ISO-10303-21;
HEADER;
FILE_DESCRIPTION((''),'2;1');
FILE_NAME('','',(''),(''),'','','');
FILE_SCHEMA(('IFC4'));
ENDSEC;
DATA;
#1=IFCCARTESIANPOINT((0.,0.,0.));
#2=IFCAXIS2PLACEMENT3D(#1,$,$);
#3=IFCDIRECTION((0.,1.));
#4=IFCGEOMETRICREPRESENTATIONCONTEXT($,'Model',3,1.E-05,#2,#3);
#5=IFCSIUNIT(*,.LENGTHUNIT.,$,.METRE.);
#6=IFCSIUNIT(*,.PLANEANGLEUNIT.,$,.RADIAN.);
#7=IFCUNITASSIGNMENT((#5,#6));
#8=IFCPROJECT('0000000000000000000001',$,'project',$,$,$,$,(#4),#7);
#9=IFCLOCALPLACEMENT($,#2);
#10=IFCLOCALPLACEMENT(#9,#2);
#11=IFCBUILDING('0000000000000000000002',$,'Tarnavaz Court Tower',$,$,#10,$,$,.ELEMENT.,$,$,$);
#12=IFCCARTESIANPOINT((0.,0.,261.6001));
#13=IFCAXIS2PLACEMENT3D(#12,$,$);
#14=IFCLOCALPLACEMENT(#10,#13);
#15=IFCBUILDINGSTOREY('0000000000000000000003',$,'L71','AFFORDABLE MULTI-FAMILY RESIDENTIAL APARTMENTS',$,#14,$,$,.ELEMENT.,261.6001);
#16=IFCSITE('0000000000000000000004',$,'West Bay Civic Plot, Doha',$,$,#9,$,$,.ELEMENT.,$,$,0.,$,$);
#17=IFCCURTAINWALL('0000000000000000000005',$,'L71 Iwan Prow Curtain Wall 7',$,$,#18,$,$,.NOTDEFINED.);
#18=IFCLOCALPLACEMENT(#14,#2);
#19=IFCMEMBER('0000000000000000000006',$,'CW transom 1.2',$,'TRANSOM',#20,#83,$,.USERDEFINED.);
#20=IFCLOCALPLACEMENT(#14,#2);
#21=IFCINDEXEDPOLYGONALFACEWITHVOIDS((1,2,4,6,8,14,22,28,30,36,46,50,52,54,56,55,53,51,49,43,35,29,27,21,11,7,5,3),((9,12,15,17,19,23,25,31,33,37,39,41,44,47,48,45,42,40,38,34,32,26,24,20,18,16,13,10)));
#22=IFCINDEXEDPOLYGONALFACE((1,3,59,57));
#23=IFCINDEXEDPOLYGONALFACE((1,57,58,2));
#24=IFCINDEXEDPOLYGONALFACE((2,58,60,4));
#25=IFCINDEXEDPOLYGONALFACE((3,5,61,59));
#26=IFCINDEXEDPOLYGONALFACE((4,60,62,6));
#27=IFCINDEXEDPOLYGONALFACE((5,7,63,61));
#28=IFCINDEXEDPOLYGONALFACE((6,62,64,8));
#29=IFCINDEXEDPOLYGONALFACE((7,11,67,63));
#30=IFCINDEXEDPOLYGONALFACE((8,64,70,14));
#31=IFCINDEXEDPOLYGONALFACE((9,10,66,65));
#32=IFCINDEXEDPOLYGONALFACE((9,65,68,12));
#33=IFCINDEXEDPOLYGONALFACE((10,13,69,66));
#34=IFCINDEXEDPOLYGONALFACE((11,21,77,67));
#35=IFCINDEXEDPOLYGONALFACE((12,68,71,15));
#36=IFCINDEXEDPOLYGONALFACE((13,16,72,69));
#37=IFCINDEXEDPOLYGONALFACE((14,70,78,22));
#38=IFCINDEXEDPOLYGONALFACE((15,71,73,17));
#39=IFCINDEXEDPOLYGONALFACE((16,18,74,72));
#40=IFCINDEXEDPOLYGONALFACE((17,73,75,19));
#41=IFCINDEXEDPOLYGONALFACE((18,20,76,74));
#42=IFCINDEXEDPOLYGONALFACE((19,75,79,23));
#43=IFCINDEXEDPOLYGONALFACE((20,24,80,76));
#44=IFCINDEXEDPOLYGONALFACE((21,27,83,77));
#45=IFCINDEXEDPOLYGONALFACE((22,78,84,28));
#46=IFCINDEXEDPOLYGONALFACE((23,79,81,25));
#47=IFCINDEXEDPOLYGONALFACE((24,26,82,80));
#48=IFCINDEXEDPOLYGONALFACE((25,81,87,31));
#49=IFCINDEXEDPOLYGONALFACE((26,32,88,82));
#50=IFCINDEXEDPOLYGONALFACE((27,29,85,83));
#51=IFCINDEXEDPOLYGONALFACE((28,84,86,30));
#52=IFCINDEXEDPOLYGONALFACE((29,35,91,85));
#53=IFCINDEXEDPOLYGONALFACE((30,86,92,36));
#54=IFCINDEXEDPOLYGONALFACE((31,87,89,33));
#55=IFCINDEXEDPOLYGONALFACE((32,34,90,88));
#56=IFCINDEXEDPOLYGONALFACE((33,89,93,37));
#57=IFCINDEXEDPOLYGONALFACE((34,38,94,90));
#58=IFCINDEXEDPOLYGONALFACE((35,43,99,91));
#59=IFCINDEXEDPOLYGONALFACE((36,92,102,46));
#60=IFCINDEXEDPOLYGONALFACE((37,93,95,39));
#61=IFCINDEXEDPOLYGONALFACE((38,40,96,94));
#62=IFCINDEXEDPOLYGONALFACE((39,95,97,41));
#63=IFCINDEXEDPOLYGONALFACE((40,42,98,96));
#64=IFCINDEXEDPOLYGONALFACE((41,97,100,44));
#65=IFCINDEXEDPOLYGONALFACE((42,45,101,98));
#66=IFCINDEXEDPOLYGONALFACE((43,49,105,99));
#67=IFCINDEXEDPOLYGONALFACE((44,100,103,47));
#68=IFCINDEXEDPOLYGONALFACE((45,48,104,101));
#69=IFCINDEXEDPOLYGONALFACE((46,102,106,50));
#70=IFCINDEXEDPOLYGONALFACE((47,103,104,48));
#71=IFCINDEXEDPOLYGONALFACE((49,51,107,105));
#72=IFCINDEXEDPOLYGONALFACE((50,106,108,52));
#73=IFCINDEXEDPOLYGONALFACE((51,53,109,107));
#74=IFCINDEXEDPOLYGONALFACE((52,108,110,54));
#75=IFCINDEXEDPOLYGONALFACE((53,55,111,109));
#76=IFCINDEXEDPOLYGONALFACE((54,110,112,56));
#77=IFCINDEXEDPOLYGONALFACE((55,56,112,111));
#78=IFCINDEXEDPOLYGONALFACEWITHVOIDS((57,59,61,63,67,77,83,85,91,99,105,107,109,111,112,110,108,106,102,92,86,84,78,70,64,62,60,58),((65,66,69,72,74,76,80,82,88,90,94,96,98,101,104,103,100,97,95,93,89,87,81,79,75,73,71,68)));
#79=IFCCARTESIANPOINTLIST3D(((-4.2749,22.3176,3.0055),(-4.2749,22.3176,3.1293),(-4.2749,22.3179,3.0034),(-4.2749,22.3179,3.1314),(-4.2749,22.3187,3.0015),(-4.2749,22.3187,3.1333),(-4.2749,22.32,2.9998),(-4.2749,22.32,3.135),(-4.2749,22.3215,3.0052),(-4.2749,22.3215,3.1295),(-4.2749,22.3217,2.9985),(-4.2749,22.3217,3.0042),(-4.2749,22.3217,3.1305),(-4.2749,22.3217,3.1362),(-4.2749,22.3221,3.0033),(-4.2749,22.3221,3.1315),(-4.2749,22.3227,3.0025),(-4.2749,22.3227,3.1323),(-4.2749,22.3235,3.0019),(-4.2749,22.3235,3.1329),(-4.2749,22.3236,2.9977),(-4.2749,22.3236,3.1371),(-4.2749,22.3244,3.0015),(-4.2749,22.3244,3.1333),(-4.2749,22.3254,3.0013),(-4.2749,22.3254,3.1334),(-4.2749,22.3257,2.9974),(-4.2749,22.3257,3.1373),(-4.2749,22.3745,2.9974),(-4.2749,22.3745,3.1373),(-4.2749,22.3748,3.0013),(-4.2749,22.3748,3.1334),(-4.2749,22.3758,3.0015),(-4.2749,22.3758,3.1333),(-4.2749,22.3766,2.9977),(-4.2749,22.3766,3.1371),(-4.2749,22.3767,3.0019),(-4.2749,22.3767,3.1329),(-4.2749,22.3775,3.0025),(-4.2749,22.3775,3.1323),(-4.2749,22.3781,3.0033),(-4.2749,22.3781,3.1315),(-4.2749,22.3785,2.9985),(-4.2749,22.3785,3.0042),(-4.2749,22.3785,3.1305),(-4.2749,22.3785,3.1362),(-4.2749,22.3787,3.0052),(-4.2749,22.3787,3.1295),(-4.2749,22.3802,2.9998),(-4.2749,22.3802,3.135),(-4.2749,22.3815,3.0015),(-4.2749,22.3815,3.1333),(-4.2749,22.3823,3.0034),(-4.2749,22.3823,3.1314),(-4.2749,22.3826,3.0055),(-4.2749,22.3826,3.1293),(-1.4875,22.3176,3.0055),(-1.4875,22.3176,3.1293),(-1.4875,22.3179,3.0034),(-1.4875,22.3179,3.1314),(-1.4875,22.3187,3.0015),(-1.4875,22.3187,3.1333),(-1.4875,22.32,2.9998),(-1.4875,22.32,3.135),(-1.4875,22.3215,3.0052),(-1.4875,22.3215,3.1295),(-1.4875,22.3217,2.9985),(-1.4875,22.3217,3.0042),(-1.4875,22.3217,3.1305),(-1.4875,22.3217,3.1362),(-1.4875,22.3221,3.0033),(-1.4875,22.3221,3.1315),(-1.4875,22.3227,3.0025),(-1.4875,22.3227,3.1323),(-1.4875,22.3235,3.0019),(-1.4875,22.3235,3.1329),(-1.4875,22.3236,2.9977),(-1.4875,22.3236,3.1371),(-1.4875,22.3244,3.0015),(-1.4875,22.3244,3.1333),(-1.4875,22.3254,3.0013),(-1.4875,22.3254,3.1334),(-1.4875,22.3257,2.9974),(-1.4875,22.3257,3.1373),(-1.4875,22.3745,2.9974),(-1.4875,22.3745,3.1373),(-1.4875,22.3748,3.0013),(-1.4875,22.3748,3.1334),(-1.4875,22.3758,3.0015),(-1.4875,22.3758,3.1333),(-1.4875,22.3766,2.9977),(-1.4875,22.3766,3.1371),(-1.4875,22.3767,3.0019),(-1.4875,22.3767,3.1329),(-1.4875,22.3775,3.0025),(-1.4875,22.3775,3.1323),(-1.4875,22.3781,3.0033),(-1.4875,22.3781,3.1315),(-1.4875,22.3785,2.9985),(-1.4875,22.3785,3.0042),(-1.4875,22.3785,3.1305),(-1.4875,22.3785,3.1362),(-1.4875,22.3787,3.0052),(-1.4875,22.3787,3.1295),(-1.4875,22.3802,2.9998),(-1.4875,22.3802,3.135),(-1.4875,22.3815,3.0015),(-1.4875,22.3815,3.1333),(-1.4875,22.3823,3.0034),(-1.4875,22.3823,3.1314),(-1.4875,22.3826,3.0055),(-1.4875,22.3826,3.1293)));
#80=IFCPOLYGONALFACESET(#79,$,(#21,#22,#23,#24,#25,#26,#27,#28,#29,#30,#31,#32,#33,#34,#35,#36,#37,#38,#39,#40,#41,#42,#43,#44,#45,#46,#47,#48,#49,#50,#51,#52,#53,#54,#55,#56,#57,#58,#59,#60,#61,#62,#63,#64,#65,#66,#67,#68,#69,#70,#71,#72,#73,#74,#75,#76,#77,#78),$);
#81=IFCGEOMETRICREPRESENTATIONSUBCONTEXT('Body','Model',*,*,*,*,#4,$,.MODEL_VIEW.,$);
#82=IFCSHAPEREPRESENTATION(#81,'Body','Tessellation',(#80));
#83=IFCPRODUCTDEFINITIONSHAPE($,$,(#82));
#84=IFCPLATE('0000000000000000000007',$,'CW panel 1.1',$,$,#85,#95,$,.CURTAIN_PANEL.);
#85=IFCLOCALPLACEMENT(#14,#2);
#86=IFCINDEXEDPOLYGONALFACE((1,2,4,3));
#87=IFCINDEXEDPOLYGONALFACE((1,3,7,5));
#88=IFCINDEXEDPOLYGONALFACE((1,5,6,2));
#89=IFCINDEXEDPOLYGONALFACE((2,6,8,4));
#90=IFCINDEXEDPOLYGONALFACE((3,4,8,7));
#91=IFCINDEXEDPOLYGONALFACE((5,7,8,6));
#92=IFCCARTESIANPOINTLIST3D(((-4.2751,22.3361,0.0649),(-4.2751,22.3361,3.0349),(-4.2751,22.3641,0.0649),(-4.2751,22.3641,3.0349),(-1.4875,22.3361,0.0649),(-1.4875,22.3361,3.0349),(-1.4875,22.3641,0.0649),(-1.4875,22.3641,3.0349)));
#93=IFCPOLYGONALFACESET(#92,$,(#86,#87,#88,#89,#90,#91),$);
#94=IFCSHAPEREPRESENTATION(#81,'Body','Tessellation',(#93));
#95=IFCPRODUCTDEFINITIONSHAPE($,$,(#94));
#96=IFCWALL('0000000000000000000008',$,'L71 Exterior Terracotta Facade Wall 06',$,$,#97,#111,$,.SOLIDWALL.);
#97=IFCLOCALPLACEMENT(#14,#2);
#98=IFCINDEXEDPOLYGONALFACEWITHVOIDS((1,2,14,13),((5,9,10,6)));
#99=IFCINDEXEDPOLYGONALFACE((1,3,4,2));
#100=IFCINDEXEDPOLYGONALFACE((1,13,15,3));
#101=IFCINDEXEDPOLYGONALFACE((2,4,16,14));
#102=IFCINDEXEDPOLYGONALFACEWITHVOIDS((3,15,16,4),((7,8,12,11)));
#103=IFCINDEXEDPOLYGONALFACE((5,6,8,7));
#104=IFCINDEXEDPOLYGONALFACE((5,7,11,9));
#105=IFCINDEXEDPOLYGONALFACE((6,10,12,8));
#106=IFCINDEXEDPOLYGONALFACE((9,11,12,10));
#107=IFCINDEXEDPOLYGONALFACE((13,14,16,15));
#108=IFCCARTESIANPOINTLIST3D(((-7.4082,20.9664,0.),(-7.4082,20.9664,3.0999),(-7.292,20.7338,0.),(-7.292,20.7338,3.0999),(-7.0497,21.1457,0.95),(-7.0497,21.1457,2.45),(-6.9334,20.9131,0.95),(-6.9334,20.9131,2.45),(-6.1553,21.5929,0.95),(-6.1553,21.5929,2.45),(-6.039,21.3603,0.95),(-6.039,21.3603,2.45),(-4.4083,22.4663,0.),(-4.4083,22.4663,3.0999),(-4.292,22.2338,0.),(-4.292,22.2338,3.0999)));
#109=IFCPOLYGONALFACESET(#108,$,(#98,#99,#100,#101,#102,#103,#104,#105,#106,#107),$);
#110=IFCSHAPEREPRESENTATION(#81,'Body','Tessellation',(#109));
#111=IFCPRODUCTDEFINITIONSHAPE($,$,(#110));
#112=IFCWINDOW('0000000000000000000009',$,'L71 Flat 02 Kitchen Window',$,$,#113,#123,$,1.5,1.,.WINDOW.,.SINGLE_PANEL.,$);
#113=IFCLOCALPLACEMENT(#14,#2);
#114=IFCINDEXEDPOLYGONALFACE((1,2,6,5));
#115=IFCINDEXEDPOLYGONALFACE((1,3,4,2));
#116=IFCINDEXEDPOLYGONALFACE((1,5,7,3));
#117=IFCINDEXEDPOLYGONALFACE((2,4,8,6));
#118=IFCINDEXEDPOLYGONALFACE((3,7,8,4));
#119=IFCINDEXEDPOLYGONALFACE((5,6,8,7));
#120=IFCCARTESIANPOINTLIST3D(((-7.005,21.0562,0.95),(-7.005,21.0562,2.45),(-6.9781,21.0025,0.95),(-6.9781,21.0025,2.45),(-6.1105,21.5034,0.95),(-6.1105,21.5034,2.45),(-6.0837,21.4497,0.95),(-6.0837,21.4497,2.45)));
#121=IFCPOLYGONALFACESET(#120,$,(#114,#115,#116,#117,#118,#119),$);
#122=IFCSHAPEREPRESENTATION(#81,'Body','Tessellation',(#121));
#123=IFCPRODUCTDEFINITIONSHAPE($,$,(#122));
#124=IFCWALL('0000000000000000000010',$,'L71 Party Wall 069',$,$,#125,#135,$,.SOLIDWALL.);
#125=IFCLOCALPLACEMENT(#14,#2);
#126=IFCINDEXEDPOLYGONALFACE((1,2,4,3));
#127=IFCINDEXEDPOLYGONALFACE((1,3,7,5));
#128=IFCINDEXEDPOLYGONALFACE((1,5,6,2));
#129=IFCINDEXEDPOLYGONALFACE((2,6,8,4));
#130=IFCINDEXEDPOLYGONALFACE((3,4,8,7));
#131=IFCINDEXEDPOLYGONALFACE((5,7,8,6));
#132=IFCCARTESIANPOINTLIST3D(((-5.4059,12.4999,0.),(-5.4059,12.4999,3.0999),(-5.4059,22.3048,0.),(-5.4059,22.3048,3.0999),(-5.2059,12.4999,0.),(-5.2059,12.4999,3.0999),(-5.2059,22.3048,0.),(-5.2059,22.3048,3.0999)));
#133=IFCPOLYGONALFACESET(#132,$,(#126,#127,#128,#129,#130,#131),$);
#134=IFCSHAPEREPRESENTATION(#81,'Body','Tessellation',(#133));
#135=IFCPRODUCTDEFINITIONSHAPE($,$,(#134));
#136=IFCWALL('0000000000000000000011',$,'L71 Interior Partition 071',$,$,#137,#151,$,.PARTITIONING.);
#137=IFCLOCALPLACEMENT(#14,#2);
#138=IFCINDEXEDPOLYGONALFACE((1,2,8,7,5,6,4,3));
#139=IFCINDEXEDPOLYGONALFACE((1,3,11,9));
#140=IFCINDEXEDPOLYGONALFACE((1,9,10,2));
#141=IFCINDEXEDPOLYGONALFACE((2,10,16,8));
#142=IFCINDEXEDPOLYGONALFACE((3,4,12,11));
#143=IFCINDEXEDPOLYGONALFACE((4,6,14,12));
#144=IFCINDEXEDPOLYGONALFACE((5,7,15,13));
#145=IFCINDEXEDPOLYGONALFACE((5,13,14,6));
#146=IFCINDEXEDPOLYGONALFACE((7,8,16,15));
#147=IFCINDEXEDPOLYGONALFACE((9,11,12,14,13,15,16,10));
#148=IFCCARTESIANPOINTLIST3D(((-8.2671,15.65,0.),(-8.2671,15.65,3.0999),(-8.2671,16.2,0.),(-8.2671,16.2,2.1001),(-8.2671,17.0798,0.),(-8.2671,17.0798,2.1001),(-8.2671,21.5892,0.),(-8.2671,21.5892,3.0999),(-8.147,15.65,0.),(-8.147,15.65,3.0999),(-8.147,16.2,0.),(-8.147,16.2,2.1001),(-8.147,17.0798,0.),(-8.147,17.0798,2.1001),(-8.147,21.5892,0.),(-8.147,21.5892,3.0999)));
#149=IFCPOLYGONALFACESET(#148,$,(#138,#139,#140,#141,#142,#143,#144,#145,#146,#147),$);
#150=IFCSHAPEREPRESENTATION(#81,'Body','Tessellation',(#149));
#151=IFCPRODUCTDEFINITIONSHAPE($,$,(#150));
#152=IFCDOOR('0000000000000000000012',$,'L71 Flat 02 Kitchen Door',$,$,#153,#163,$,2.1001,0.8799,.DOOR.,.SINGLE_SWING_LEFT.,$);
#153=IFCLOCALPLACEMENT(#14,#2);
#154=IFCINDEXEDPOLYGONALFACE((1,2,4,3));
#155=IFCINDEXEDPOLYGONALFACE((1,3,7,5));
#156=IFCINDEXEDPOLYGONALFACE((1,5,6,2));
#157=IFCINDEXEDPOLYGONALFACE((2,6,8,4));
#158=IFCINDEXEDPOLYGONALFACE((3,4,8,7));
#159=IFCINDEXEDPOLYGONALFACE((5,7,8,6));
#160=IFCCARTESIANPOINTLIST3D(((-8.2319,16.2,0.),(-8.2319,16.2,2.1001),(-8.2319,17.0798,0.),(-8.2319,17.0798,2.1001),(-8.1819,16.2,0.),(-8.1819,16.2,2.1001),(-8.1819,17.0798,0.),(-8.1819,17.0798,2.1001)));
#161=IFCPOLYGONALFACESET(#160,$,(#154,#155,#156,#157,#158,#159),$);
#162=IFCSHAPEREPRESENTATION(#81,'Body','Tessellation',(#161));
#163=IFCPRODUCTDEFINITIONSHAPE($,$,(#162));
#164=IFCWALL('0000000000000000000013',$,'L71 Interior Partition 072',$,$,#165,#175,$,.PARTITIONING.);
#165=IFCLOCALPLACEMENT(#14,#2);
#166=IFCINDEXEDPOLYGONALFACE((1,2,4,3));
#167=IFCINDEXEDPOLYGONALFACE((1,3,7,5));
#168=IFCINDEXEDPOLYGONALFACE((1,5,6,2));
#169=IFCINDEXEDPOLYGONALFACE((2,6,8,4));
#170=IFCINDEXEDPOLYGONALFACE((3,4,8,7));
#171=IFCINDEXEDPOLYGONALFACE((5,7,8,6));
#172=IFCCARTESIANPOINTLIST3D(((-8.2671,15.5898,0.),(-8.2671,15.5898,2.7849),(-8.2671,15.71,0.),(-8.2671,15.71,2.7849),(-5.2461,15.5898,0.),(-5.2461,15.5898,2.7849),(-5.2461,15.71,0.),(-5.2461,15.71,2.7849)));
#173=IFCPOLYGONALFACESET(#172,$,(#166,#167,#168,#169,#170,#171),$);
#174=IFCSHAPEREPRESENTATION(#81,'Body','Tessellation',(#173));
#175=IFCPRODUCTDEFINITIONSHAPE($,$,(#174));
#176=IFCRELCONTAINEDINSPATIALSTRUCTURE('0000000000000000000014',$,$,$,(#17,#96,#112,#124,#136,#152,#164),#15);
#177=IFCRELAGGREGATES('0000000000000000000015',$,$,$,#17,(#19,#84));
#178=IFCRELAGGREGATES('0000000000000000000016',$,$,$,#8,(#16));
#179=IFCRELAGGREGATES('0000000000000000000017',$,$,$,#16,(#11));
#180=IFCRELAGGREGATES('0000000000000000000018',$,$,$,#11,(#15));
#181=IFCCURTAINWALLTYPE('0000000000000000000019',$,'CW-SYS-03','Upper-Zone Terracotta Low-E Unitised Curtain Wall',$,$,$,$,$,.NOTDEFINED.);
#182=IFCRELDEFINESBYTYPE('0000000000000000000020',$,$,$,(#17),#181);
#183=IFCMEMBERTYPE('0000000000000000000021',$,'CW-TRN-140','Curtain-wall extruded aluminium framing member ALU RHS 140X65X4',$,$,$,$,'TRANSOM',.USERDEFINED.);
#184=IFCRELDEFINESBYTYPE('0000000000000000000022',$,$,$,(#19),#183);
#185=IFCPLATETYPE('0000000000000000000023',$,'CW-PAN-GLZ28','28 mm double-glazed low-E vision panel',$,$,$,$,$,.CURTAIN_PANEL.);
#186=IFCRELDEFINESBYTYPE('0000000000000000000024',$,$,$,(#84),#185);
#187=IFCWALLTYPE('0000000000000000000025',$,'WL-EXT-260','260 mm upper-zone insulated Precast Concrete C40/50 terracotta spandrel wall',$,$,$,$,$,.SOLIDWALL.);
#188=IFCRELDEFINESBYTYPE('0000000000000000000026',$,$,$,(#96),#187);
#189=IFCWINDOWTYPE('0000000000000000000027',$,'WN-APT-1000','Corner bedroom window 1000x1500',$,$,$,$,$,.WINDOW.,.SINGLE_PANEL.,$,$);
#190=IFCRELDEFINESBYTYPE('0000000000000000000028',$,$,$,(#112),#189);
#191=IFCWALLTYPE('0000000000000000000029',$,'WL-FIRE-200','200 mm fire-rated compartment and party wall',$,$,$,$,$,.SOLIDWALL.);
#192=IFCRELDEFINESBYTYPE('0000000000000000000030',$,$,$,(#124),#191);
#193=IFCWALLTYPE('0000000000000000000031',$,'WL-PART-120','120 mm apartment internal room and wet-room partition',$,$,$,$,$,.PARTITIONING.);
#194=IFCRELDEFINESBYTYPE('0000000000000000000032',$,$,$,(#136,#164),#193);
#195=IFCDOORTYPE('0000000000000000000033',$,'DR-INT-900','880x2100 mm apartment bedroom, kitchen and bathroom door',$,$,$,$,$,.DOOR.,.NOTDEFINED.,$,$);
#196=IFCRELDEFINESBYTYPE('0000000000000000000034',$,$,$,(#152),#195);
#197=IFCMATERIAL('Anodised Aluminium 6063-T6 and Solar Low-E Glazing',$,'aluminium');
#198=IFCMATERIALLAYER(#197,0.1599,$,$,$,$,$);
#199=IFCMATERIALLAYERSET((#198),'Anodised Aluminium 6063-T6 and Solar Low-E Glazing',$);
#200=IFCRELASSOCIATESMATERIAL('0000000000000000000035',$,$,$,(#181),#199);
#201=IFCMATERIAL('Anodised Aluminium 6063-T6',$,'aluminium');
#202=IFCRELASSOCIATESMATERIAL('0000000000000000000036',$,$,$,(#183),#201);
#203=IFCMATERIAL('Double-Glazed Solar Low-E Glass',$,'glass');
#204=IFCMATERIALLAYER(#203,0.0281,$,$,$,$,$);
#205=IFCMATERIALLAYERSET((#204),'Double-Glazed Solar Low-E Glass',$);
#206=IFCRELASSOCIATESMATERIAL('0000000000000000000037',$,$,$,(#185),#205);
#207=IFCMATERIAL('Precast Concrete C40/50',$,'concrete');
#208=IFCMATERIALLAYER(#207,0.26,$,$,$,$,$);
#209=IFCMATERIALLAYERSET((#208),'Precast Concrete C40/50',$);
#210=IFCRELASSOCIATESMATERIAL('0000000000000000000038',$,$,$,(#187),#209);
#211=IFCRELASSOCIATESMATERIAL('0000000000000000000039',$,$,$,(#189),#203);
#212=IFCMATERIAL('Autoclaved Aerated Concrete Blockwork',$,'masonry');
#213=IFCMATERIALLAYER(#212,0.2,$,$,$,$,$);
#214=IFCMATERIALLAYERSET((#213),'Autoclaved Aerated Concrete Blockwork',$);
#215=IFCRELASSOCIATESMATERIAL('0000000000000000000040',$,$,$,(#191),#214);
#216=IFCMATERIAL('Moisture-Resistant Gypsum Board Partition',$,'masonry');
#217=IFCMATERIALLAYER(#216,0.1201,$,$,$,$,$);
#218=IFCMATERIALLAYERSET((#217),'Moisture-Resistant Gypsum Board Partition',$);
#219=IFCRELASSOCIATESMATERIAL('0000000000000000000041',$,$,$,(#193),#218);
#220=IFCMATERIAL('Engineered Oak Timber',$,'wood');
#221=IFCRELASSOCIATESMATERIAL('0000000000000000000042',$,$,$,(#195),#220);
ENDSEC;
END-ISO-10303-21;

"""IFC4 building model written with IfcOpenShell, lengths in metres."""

from ifc_helpers import new_model, si_unit, direction, frame, frame_2d, origin, origin_2d, place, context, subcontext, project, spatial, rectangle, hollow_rectangle, extrude, material, layer, layer_set, material_profile, profile_set, type_object, element, fill, aggregate, save


model = new_model("IFC4")

# Units and contexts
model_context = context("Model", 3, precision=1e-05, world=origin(), true_north=direction((0.0, 1.0)))
body_context = subcontext(model_context, "Body", "Model", "MODEL_VIEW")
ifc_project = project(units=[si_unit("LENGTHUNIT", "METRE"), si_unit("PLANEANGLEUNIT", "RADIAN")], contexts=[model_context])

# Site, building, storey
site_placement = place(None, origin())
site = spatial("IfcSite", under=ifc_project, at=site_placement, Name="West Bay Civic Plot, Doha", CompositionType="ELEMENT", RefElevation=0.0)
building_placement = place(site_placement, origin())
building = spatial("IfcBuilding", under=site, at=building_placement, Name="Tarnavaz Court Tower", CompositionType="ELEMENT")
storey_placement = place(building_placement, frame((0.0, 0.0, 261.6001)))
storey = spatial("IfcBuildingStorey", under=building, at=storey_placement, Name="L71", Description="AFFORDABLE MULTI-FAMILY RESIDENTIAL APARTMENTS", CompositionType="ELEMENT", Elevation=261.6001)

# Curtain wall, member, plate
ifc_material_1 = material(Name="Anodised Aluminium 6063-T6 and Solar Low-E Glazing", Category="aluminium")
ifc_layer_1 = layer(ifc_material_1, 0.1599)
ifc_layer_set_1 = layer_set([ifc_layer_1], Name="Anodised Aluminium 6063-T6 and Solar Low-E Glazing")
curtain_wall_type = type_object("IfcCurtainWallType", Name="CW-SYS-03", Description="Upper-Zone Terracotta Low-E Unitised Curtain Wall", PredefinedType="NOTDEFINED", material=ifc_layer_set_1)
curtain_wall_placement = place(storey_placement, origin())
curtain_wall = element("IfcCurtainWall", 1, at=curtain_wall_placement, inside=storey, type_object=curtain_wall_type, Name="L71 Iwan Prow Curtain Wall 7", PredefinedType="NOTDEFINED")
ifc_material_2 = material(Name="Anodised Aluminium 6063-T6", Category="aluminium")
ifc_material_profile_1 = material_profile(ifc_material_2, hollow_rectangle(XDim=0.0649, YDim=0.1399, WallThickness=0.0039, InnerFilletRadius=0.0039, OuterFilletRadius=0.0081, at=origin_2d()), Name="ALU RHS 140X65X4")
ifc_profile_set_1 = profile_set([ifc_material_profile_1], Name="Anodised Aluminium 6063-T6")
member_type_1 = type_object("IfcMemberType", Name="CW-TRN-140", Description="Curtain-wall extruded aluminium framing member ALU RHS 140X65X4", ElementType="TRANSOM", PredefinedType="USERDEFINED", material=ifc_profile_set_1)
member_1_placement = place(storey_placement, frame((-4.2749, 22.3501, 3.0674), z_axis=(1.0, 0.0, 0.0), x_axis=(0.0, 1.0, 0.0)))
member_1 = element("IfcMember", 2, at=member_1_placement, type_object=member_type_1, Name="CW transom 1.2", ObjectType="TRANSOM", PredefinedType="USERDEFINED", context=body_context, shape_type="SweptSolid", body=[
    extrude(hollow_rectangle(XDim=0.0649, YDim=0.1399, WallThickness=0.0039, InnerFilletRadius=0.0039, OuterFilletRadius=0.0081, at=origin_2d()), origin(), (0.0, 0.0, 1.0), 2.7874),
])
ifc_material_3 = material(Name="Double-Glazed Solar Low-E Glass", Category="glass")
ifc_layer_2 = layer(ifc_material_3, 0.0281)
ifc_layer_set_2 = layer_set([ifc_layer_2], Name="Double-Glazed Solar Low-E Glass")
plate_type = type_object("IfcPlateType", Name="CW-PAN-GLZ28", Description="28 mm double-glazed low-E vision panel", PredefinedType="CURTAIN_PANEL", material=ifc_layer_set_2)
plate_placement = place(storey_placement, frame((-2.8813, 22.3501, 0.0649), z_axis=(0.0, 0.0, 1.0), x_axis=(1.0, 0.0, 0.0)))
plate = element("IfcPlate", 3, at=plate_placement, type_object=plate_type, Name="CW panel 1.1", PredefinedType="CURTAIN_PANEL", context=body_context, shape_type="SweptSolid", body=[
    extrude(rectangle(XDim=2.7876, YDim=0.0281, at=origin_2d()), origin(), (0.0, 0.0, 1.0), 2.97),
])
aggregate(curtain_wall, [member_1, plate])

# Wall, opening, window
ifc_material_4 = material(Name="Precast Concrete C40/50", Category="concrete")
ifc_layer_3 = layer(ifc_material_4, 0.26)
ifc_layer_set_3 = layer_set([ifc_layer_3], Name="Precast Concrete C40/50")
wall_type_1 = type_object("IfcWallType", Name="WL-EXT-260", Description="260 mm upper-zone insulated Precast Concrete C40/50 terracotta spandrel wall", PredefinedType="SOLIDWALL", material=ifc_layer_set_3)
wall_1_placement = place(storey_placement, frame((-7.3501, 20.8501, 0.0), z_axis=(0.0, 0.0, 1.0), x_axis=(0.894427, 0.447214, 0.0)))
wall_1 = element("IfcWall", 4, at=wall_1_placement, inside=storey, type_object=wall_type_1, Name="L71 Exterior Terracotta Facade Wall 06", PredefinedType="SOLIDWALL", context=body_context, shape_type="SweptSolid", body=[
    extrude(rectangle(XDim=3.354, YDim=0.26, at=frame_2d((1.677, 0.0))), origin(), (0.0, 0.0, 1.0), 3.0999),
])
opening_1_placement = place(wall_1_placement, frame((0.4009, 0.0, 0.95)))
opening_1 = element("IfcOpeningElement", 5, at=opening_1_placement, cuts=wall_1, PredefinedType="OPENING", context=body_context, shape_type="SweptSolid", body=[
    extrude(rectangle(XDim=1.0, YDim=1.5, at=frame_2d((0.5, 0.75))), frame((0.0, 0.1399, 0.0), z_axis=(0.0, -1.0, 0.0), x_axis=(1.0, 0.0, 0.0)), (0.0, 0.0, 1.0), 0.28),
])
window_type = type_object("IfcWindowType", Name="WN-APT-1000", Description="Corner bedroom window 1000x1500", PartitioningType="SINGLE_PANEL", PredefinedType="WINDOW", material=ifc_material_3)
window_placement = place(opening_1_placement, origin())
window = element("IfcWindow", 6, at=window_placement, inside=storey, type_object=window_type, Name="L71 Flat 02 Kitchen Window", OverallHeight=1.5, OverallWidth=1.0, PartitioningType="SINGLE_PANEL", PredefinedType="WINDOW", context=body_context, shape_type="SweptSolid", body=[
    extrude(rectangle(XDim=1.0, YDim=1.5, at=frame_2d((0.5, 0.75))), frame((0.0, 0.03, 0.0), z_axis=(0.0, -1.0, 0.0), x_axis=(1.0, 0.0, 0.0)), (0.0, 0.0, 1.0), 0.0601),
])
fill(opening_1, window)

# Wall
ifc_material_5 = material(Name="Autoclaved Aerated Concrete Blockwork", Category="masonry")
ifc_layer_4 = layer(ifc_material_5, 0.2)
ifc_layer_set_4 = layer_set([ifc_layer_4], Name="Autoclaved Aerated Concrete Blockwork")
wall_type_2 = type_object("IfcWallType", Name="WL-FIRE-200", Description="200 mm fire-rated compartment and party wall", PredefinedType="SOLIDWALL", material=ifc_layer_set_4)
wall_2_placement = place(storey_placement, frame((-5.3059, 12.5, 0.0), z_axis=(0.0, 0.0, 1.0), x_axis=(0.0, 1.0, 0.0)))
element("IfcWall", 7, at=wall_2_placement, inside=storey, type_object=wall_type_2, Name="L71 Party Wall 069", PredefinedType="SOLIDWALL", context=body_context, shape_type="SweptSolid", body=[
    extrude(rectangle(XDim=9.8049, YDim=0.2, at=frame_2d((4.9023, 0.0))), origin(), (0.0, 0.0, 1.0), 3.0999),
])

# Wall, opening, door
ifc_material_6 = material(Name="Moisture-Resistant Gypsum Board Partition", Category="masonry")
ifc_layer_5 = layer(ifc_material_6, 0.1201)
ifc_layer_set_5 = layer_set([ifc_layer_5], Name="Moisture-Resistant Gypsum Board Partition")
wall_type_3 = type_object("IfcWallType", Name="WL-PART-120", Description="120 mm apartment internal room and wet-room partition", PredefinedType="PARTITIONING", material=ifc_layer_set_5)
wall_3_placement = place(storey_placement, frame((-8.207, 15.6499, 0.0), z_axis=(0.0, 0.0, 1.0), x_axis=(0.0, 1.0, 0.0)))
wall_3 = element("IfcWall", 8, at=wall_3_placement, inside=storey, type_object=wall_type_3, Name="L71 Interior Partition 071", PredefinedType="PARTITIONING", context=body_context, shape_type="SweptSolid", body=[
    extrude(rectangle(XDim=5.9392, YDim=0.1201, at=frame_2d((2.9697, 0.0))), origin(), (0.0, 0.0, 1.0), 3.0999),
])
opening_2_placement = place(wall_3_placement, frame((0.55, 0.0, 0.0)))
opening_2 = element("IfcOpeningElement", 9, at=opening_2_placement, cuts=wall_3, PredefinedType="OPENING", context=body_context, shape_type="SweptSolid", body=[
    extrude(rectangle(XDim=0.8799, YDim=2.1001, at=frame_2d((0.4399, 1.05))), frame((0.0, 0.0701, 0.0), z_axis=(0.0, -1.0, 0.0), x_axis=(1.0, 0.0, 0.0)), (0.0, 0.0, 1.0), 0.1401),
])
ifc_material_7 = material(Name="Engineered Oak Timber", Category="wood")
door_type = type_object("IfcDoorType", Name="DR-INT-900", Description="880x2100 mm apartment bedroom, kitchen and bathroom door", OperationType="NOTDEFINED", PredefinedType="DOOR", material=ifc_material_7)
door_1_placement = place(opening_2_placement, origin())
door_1 = element("IfcDoor", 10, at=door_1_placement, inside=storey, type_object=door_type, Name="L71 Flat 02 Kitchen Door", OperationType="SINGLE_SWING_LEFT", OverallHeight=2.1001, OverallWidth=0.8799, PredefinedType="DOOR", context=body_context, shape_type="SweptSolid", body=[
    extrude(rectangle(XDim=0.8799, YDim=2.1001, at=frame_2d((0.4399, 1.05))), frame((0.0, 0.0249, 0.0), z_axis=(0.0, -1.0, 0.0), x_axis=(1.0, 0.0, 0.0)), (0.0, 0.0, 1.0), 0.05),
])
fill(opening_2, door_1)

# Wall
wall_4_placement = place(storey_placement, frame((-8.2671, 15.6499, 0.0), z_axis=(0.0, 0.0, 1.0), x_axis=(1.0, 0.0, 0.0)))
element("IfcWall", 11, at=wall_4_placement, inside=storey, type_object=wall_type_3, Name="L71 Interior Partition 072", PredefinedType="PARTITIONING", context=body_context, shape_type="SweptSolid", body=[
    extrude(rectangle(XDim=3.021, YDim=0.1201, at=frame_2d((1.5105, 0.0))), origin(), (0.0, 0.0, 1.0), 2.7849),
])

save(model, "model.ifc")
